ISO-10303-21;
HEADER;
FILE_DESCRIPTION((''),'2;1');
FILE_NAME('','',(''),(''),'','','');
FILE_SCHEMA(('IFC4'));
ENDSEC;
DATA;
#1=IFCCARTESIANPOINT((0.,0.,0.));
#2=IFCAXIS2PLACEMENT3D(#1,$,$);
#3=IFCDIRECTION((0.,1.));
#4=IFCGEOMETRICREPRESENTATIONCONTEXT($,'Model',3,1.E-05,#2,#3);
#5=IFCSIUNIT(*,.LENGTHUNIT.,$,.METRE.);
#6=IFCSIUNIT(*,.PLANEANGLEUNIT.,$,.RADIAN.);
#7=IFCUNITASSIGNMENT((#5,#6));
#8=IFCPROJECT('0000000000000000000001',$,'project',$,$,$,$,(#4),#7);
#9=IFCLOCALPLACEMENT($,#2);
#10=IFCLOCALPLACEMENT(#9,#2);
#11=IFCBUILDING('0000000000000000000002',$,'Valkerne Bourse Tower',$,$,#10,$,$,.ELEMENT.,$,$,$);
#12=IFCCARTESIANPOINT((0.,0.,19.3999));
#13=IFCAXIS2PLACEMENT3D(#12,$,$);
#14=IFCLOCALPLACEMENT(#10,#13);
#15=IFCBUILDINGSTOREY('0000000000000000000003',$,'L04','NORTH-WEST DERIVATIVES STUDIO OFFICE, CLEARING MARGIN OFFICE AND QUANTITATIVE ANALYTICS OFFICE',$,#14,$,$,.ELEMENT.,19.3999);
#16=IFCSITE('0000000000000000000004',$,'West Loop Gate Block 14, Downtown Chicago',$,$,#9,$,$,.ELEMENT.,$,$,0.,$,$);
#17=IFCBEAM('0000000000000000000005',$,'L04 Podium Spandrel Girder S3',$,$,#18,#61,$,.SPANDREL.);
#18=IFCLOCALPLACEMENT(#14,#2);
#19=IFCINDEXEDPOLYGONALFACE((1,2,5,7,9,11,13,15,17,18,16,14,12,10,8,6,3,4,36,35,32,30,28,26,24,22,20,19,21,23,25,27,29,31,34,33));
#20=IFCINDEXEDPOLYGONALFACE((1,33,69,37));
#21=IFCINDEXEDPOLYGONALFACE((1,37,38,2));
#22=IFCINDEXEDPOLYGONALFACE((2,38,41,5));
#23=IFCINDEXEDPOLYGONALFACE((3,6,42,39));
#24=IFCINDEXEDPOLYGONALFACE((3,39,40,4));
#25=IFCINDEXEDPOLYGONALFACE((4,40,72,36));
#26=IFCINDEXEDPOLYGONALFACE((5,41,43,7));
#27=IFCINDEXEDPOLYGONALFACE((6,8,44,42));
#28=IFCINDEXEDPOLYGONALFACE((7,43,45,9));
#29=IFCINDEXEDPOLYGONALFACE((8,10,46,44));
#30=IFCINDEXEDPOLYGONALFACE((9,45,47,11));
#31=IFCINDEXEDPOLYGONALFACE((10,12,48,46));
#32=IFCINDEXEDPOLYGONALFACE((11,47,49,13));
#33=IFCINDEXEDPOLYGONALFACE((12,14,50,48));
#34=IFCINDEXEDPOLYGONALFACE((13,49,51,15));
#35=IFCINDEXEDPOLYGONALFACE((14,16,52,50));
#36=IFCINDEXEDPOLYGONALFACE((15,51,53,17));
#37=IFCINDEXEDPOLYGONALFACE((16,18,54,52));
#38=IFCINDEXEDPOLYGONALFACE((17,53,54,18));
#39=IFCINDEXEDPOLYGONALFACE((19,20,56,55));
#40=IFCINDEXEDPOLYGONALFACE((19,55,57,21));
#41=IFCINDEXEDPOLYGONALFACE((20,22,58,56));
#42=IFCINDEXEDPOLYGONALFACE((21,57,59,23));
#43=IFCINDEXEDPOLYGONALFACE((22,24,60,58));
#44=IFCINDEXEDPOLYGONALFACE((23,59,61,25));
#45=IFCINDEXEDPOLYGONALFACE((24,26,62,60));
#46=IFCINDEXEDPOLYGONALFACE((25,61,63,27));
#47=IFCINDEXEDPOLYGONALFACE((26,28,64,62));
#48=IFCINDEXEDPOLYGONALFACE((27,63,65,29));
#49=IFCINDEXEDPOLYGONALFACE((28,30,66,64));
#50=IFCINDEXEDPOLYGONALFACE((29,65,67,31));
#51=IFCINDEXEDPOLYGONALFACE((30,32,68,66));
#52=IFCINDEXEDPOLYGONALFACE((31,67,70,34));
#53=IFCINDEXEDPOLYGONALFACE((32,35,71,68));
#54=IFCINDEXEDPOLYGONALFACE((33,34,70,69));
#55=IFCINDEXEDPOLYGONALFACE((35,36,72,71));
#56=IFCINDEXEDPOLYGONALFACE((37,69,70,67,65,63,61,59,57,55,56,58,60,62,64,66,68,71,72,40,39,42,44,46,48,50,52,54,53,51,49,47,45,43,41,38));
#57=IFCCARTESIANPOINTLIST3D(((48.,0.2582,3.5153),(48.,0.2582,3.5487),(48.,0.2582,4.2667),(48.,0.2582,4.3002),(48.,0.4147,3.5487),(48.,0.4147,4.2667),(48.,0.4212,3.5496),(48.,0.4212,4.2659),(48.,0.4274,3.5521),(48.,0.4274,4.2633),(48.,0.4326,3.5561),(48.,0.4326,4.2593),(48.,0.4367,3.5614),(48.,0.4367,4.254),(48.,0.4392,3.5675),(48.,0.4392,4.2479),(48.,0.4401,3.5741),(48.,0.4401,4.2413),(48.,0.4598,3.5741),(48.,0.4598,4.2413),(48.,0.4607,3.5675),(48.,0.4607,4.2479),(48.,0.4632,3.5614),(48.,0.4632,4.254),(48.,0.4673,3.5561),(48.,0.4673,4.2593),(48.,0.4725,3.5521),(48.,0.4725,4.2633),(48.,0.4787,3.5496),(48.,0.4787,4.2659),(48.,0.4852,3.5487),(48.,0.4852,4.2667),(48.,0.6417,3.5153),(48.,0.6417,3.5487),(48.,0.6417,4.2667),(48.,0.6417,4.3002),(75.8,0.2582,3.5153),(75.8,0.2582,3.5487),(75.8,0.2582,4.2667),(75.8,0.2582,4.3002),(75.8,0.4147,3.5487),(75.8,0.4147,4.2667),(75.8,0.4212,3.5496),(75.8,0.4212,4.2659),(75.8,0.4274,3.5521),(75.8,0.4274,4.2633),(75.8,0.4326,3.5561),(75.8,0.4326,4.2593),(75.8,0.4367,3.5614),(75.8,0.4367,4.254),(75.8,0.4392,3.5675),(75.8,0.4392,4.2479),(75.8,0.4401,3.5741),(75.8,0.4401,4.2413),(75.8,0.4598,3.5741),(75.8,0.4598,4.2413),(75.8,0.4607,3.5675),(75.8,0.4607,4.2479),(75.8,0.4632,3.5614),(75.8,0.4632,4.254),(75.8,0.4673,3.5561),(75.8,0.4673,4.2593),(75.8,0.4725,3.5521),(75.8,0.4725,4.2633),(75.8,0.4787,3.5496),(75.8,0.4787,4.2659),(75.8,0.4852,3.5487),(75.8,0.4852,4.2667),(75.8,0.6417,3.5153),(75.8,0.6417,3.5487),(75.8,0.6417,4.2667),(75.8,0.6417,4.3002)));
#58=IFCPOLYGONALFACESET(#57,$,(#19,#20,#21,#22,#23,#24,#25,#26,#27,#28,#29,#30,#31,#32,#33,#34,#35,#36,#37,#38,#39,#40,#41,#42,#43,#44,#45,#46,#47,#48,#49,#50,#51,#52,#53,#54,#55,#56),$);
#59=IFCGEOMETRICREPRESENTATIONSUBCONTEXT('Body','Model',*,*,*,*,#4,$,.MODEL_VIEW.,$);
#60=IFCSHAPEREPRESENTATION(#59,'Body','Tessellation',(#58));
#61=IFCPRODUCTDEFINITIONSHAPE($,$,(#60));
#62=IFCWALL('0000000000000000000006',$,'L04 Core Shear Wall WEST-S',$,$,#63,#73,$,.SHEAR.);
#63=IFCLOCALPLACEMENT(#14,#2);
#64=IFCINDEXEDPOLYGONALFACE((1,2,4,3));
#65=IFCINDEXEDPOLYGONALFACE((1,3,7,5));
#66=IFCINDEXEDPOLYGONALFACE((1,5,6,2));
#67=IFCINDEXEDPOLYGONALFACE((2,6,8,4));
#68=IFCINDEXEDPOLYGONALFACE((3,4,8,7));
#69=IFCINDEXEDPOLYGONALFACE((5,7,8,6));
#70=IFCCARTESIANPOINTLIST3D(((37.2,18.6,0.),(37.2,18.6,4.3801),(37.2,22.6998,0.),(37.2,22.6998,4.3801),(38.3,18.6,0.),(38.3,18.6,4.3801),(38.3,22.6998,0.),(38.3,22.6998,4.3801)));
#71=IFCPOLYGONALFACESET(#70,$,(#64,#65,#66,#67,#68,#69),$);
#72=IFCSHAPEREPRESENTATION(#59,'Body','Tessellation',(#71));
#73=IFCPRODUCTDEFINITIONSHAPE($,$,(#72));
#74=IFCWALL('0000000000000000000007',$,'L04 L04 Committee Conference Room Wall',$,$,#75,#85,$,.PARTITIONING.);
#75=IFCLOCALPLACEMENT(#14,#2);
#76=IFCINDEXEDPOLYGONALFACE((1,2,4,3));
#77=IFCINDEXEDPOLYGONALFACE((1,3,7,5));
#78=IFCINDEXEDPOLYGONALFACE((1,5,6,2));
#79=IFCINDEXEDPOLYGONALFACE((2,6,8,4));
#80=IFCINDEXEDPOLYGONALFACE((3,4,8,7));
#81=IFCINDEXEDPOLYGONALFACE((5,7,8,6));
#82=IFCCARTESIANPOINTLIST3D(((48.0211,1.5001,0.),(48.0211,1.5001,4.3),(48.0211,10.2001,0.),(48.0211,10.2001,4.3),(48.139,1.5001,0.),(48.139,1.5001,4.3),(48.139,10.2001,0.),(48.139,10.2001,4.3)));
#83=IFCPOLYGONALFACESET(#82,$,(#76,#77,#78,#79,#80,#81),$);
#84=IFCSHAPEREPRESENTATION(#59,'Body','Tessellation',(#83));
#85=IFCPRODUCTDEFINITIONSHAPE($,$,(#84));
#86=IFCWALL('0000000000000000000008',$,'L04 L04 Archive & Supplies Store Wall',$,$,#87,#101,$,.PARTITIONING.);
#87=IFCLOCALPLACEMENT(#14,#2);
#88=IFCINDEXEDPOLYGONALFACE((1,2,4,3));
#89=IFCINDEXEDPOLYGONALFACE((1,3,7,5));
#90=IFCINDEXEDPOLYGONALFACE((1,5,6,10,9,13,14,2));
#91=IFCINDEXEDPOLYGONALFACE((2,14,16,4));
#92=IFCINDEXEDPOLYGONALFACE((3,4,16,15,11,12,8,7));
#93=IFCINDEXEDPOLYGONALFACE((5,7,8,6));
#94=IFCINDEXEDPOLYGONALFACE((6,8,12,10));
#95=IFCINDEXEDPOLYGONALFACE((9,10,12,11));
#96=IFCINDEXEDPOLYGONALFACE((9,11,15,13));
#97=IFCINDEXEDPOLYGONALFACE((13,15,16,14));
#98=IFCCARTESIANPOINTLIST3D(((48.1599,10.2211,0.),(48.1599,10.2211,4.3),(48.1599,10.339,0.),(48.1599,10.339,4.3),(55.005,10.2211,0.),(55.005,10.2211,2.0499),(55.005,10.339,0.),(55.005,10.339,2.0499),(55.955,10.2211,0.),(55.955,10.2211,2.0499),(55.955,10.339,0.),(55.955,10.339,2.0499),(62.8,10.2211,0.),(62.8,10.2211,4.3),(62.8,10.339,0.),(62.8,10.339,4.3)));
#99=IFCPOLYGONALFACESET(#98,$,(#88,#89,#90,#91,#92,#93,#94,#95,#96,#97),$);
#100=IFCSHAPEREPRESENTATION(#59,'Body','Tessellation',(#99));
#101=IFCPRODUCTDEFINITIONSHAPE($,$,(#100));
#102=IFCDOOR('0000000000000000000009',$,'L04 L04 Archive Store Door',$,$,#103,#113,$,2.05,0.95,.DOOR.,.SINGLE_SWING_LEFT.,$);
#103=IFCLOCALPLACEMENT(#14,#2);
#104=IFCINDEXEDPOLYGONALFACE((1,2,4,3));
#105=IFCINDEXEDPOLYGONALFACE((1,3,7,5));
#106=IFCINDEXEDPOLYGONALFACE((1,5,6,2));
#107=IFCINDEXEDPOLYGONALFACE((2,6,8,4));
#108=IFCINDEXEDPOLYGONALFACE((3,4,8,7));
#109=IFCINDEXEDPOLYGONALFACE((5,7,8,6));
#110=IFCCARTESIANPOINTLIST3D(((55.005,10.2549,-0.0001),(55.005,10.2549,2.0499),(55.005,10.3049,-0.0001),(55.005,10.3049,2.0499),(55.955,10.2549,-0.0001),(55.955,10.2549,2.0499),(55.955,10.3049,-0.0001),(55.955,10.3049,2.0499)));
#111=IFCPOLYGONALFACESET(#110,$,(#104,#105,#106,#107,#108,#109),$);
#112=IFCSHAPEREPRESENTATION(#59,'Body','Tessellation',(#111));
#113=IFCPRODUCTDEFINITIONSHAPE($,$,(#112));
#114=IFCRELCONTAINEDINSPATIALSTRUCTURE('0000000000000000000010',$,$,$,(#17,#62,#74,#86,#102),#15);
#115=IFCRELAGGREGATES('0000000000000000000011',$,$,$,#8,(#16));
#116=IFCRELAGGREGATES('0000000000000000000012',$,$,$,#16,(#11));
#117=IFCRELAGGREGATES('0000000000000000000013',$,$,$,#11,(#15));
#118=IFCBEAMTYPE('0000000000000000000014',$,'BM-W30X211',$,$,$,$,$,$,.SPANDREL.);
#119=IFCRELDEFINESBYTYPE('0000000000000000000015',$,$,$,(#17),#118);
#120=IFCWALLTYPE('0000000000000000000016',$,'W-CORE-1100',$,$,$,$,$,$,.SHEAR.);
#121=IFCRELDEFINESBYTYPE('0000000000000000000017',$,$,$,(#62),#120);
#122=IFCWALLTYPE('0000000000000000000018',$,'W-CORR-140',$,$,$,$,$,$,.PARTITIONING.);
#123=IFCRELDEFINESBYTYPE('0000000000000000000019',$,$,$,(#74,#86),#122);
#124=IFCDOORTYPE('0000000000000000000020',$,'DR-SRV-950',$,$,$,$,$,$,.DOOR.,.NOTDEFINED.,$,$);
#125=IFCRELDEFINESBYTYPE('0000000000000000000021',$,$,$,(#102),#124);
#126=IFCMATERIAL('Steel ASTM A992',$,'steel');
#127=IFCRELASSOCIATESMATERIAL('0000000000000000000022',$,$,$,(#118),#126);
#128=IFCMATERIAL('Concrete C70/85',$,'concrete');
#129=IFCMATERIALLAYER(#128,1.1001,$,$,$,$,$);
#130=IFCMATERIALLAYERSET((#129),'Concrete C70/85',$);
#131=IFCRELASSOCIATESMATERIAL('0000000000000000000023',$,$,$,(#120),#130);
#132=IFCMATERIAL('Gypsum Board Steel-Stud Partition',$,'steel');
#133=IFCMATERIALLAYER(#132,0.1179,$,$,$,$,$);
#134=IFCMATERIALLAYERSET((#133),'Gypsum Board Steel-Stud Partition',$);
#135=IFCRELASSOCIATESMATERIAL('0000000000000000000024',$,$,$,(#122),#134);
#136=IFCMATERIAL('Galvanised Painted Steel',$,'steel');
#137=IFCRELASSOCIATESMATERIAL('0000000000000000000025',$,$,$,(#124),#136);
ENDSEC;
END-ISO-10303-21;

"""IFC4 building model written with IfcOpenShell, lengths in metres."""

from ifc_helpers import new_model, si_unit, direction, frame, frame_2d, origin, origin_2d, place, context, subcontext, project, spatial, rectangle, i_section, extrude, material, layer, layer_set, material_profile, profile_set, type_object, element, fill, save


model = new_model("IFC4")

# Units and contexts
model_context = context("Model", 3, precision=1e-05, world=origin(), true_north=direction((0.0, 1.0)))
body_context = subcontext(model_context, "Body", "Model", "MODEL_VIEW")
ifc_project = project(units=[si_unit("LENGTHUNIT", "METRE"), si_unit("PLANEANGLEUNIT", "RADIAN")], contexts=[model_context])

# Site, building, storey
site_placement = place(None, origin())
site = spatial("IfcSite", under=ifc_project, at=site_placement, Name="West Loop Gate Block 14, Downtown Chicago", CompositionType="ELEMENT", RefElevation=0.0)
building_placement = place(site_placement, origin())
building = spatial("IfcBuilding", under=site, at=building_placement, Name="Valkerne Bourse Tower", CompositionType="ELEMENT")
storey_placement = place(building_placement, frame((0.0, 0.0, 19.3999)))
storey = spatial("IfcBuildingStorey", under=building, at=storey_placement, Name="L04", Description="NORTH-WEST DERIVATIVES STUDIO OFFICE, CLEARING MARGIN OFFICE AND QUANTITATIVE ANALYTICS OFFICE", CompositionType="ELEMENT", Elevation=19.3999)

# Shared definitions
ifc_material_1 = material(Name="Concrete C70/85", Category="concrete")

# Beam
ifc_material_2 = material(Name="Steel ASTM A992", Category="steel")
ifc_material_profile_1 = material_profile(ifc_material_2, i_section(OverallWidth=0.3835, OverallDepth=0.7849, WebThickness=0.0198, FlangeThickness=0.0334, FilletRadius=0.0254, at=origin_2d()), Name="W30X211")
ifc_profile_set_1 = profile_set([ifc_material_profile_1], Name="Steel ASTM A992")
beam_type = type_object("IfcBeamType", Name="BM-W30X211", PredefinedType="SPANDREL", material=ifc_profile_set_1)
beam_placement = place(storey_placement, frame((48.0, 0.45, 3.9077), z_axis=(1.0, 0.0, 0.0), x_axis=(0.0, 1.0, 0.0)))
element("IfcBeam", 1, at=beam_placement, inside=storey, type_object=beam_type, Name="L04 Podium Spandrel Girder S3", PredefinedType="SPANDREL", context=body_context, shape_type="SweptSolid", body=[
    extrude(i_section(OverallWidth=0.3835, OverallDepth=0.7849, WebThickness=0.0198, FlangeThickness=0.0334, FilletRadius=0.0254, at=origin_2d()), origin(), (0.0, 0.0, 1.0), 27.8),
])

# Shared definitions
ifc_layer_1 = layer(ifc_material_1, 1.1001)
ifc_layer_set_1 = layer_set([ifc_layer_1], Name="Concrete C70/85")
wall_type_1 = type_object("IfcWallType", Name="W-CORE-1100", PredefinedType="SHEAR", material=ifc_layer_set_1)
ifc_material_3 = material(Name="Galvanised Painted Steel", Category="steel")

# Walls
wall_1_placement = place(storey_placement, frame((37.75, 18.6001, 0.0), z_axis=(0.0, 0.0, 1.0), x_axis=(0.0, 1.0, 0.0)))
element("IfcWall", 2, at=wall_1_placement, inside=storey, type_object=wall_type_1, Name="L04 Core Shear Wall WEST-S", PredefinedType="SHEAR", context=body_context, shape_type="SweptSolid", body=[
    extrude(rectangle(XDim=4.0999, YDim=1.1001, at=frame_2d((2.0498, 0.0))), origin(), (0.0, 0.0, 1.0), 4.3801),
])
ifc_material_4 = material(Name="Gypsum Board Steel-Stud Partition", Category="steel")
ifc_layer_2 = layer(ifc_material_4, 0.1179)
ifc_layer_set_2 = layer_set([ifc_layer_2], Name="Gypsum Board Steel-Stud Partition")
wall_type_2 = type_object("IfcWallType", Name="W-CORR-140", PredefinedType="PARTITIONING", material=ifc_layer_set_2)
wall_2_placement = place(storey_placement, frame((48.0801, 1.5, 0.0), z_axis=(0.0, 0.0, 1.0), x_axis=(0.0, 1.0, 0.0)))
element("IfcWall", 3, at=wall_2_placement, inside=storey, type_object=wall_type_2, Name="L04 L04 Committee Conference Room Wall", PredefinedType="PARTITIONING", context=body_context, shape_type="SweptSolid", body=[
    extrude(rectangle(XDim=8.7, YDim=0.1179, at=frame_2d((4.3501, 0.0))), origin(), (0.0, 0.0, 1.0), 4.3),
])

# Wall, opening, door
wall_3_placement = place(storey_placement, frame((48.1599, 10.28, 0.0), z_axis=(0.0, 0.0, 1.0), x_axis=(1.0, 0.0, 0.0)))
wall_3 = element("IfcWall", 4, at=wall_3_placement, inside=storey, type_object=wall_type_2, Name="L04 L04 Archive & Supplies Store Wall", PredefinedType="PARTITIONING", context=body_context, shape_type="SweptSolid", body=[
    extrude(rectangle(XDim=14.6401, YDim=0.1179, at=frame_2d((7.3201, 0.0))), origin(), (0.0, 0.0, 1.0), 4.3),
])
opening_1_placement = place(wall_3_placement, frame((6.845, 0.0, 0.0)))
opening_1 = element("IfcOpeningElement", 5, at=opening_1_placement, cuts=wall_3, PredefinedType="OPENING", context=body_context, shape_type="SweptSolid", body=[
    extrude(rectangle(XDim=0.95, YDim=2.05, at=frame_2d((0.4751, 1.0249))), frame((0.0, 0.0688, 0.0), z_axis=(0.0, -1.0, 0.0), x_axis=(1.0, 0.0, 0.0)), (0.0, 0.0, 1.0), 0.1379),
])
door_type_1 = type_object("IfcDoorType", Name="DR-SRV-950", OperationType="NOTDEFINED", PredefinedType="DOOR", material=ifc_material_3)
door_1_placement = place(opening_1_placement, origin())
door_1 = element("IfcDoor", 6, at=door_1_placement, inside=storey, type_object=door_type_1, Name="L04 L04 Archive Store Door", OperationType="SINGLE_SWING_LEFT", OverallHeight=2.05, OverallWidth=0.95, PredefinedType="DOOR", context=body_context, shape_type="SweptSolid", body=[
    extrude(rectangle(XDim=0.95, YDim=2.05, at=frame_2d((0.4751, 1.0249))), frame((0.0, 0.0249, 0.0), z_axis=(0.0, -1.0, 0.0), x_axis=(1.0, 0.0, 0.0)), (0.0, 0.0, 1.0), 0.05),
])
fill(opening_1, door_1)

save(model, "model.ifc")
